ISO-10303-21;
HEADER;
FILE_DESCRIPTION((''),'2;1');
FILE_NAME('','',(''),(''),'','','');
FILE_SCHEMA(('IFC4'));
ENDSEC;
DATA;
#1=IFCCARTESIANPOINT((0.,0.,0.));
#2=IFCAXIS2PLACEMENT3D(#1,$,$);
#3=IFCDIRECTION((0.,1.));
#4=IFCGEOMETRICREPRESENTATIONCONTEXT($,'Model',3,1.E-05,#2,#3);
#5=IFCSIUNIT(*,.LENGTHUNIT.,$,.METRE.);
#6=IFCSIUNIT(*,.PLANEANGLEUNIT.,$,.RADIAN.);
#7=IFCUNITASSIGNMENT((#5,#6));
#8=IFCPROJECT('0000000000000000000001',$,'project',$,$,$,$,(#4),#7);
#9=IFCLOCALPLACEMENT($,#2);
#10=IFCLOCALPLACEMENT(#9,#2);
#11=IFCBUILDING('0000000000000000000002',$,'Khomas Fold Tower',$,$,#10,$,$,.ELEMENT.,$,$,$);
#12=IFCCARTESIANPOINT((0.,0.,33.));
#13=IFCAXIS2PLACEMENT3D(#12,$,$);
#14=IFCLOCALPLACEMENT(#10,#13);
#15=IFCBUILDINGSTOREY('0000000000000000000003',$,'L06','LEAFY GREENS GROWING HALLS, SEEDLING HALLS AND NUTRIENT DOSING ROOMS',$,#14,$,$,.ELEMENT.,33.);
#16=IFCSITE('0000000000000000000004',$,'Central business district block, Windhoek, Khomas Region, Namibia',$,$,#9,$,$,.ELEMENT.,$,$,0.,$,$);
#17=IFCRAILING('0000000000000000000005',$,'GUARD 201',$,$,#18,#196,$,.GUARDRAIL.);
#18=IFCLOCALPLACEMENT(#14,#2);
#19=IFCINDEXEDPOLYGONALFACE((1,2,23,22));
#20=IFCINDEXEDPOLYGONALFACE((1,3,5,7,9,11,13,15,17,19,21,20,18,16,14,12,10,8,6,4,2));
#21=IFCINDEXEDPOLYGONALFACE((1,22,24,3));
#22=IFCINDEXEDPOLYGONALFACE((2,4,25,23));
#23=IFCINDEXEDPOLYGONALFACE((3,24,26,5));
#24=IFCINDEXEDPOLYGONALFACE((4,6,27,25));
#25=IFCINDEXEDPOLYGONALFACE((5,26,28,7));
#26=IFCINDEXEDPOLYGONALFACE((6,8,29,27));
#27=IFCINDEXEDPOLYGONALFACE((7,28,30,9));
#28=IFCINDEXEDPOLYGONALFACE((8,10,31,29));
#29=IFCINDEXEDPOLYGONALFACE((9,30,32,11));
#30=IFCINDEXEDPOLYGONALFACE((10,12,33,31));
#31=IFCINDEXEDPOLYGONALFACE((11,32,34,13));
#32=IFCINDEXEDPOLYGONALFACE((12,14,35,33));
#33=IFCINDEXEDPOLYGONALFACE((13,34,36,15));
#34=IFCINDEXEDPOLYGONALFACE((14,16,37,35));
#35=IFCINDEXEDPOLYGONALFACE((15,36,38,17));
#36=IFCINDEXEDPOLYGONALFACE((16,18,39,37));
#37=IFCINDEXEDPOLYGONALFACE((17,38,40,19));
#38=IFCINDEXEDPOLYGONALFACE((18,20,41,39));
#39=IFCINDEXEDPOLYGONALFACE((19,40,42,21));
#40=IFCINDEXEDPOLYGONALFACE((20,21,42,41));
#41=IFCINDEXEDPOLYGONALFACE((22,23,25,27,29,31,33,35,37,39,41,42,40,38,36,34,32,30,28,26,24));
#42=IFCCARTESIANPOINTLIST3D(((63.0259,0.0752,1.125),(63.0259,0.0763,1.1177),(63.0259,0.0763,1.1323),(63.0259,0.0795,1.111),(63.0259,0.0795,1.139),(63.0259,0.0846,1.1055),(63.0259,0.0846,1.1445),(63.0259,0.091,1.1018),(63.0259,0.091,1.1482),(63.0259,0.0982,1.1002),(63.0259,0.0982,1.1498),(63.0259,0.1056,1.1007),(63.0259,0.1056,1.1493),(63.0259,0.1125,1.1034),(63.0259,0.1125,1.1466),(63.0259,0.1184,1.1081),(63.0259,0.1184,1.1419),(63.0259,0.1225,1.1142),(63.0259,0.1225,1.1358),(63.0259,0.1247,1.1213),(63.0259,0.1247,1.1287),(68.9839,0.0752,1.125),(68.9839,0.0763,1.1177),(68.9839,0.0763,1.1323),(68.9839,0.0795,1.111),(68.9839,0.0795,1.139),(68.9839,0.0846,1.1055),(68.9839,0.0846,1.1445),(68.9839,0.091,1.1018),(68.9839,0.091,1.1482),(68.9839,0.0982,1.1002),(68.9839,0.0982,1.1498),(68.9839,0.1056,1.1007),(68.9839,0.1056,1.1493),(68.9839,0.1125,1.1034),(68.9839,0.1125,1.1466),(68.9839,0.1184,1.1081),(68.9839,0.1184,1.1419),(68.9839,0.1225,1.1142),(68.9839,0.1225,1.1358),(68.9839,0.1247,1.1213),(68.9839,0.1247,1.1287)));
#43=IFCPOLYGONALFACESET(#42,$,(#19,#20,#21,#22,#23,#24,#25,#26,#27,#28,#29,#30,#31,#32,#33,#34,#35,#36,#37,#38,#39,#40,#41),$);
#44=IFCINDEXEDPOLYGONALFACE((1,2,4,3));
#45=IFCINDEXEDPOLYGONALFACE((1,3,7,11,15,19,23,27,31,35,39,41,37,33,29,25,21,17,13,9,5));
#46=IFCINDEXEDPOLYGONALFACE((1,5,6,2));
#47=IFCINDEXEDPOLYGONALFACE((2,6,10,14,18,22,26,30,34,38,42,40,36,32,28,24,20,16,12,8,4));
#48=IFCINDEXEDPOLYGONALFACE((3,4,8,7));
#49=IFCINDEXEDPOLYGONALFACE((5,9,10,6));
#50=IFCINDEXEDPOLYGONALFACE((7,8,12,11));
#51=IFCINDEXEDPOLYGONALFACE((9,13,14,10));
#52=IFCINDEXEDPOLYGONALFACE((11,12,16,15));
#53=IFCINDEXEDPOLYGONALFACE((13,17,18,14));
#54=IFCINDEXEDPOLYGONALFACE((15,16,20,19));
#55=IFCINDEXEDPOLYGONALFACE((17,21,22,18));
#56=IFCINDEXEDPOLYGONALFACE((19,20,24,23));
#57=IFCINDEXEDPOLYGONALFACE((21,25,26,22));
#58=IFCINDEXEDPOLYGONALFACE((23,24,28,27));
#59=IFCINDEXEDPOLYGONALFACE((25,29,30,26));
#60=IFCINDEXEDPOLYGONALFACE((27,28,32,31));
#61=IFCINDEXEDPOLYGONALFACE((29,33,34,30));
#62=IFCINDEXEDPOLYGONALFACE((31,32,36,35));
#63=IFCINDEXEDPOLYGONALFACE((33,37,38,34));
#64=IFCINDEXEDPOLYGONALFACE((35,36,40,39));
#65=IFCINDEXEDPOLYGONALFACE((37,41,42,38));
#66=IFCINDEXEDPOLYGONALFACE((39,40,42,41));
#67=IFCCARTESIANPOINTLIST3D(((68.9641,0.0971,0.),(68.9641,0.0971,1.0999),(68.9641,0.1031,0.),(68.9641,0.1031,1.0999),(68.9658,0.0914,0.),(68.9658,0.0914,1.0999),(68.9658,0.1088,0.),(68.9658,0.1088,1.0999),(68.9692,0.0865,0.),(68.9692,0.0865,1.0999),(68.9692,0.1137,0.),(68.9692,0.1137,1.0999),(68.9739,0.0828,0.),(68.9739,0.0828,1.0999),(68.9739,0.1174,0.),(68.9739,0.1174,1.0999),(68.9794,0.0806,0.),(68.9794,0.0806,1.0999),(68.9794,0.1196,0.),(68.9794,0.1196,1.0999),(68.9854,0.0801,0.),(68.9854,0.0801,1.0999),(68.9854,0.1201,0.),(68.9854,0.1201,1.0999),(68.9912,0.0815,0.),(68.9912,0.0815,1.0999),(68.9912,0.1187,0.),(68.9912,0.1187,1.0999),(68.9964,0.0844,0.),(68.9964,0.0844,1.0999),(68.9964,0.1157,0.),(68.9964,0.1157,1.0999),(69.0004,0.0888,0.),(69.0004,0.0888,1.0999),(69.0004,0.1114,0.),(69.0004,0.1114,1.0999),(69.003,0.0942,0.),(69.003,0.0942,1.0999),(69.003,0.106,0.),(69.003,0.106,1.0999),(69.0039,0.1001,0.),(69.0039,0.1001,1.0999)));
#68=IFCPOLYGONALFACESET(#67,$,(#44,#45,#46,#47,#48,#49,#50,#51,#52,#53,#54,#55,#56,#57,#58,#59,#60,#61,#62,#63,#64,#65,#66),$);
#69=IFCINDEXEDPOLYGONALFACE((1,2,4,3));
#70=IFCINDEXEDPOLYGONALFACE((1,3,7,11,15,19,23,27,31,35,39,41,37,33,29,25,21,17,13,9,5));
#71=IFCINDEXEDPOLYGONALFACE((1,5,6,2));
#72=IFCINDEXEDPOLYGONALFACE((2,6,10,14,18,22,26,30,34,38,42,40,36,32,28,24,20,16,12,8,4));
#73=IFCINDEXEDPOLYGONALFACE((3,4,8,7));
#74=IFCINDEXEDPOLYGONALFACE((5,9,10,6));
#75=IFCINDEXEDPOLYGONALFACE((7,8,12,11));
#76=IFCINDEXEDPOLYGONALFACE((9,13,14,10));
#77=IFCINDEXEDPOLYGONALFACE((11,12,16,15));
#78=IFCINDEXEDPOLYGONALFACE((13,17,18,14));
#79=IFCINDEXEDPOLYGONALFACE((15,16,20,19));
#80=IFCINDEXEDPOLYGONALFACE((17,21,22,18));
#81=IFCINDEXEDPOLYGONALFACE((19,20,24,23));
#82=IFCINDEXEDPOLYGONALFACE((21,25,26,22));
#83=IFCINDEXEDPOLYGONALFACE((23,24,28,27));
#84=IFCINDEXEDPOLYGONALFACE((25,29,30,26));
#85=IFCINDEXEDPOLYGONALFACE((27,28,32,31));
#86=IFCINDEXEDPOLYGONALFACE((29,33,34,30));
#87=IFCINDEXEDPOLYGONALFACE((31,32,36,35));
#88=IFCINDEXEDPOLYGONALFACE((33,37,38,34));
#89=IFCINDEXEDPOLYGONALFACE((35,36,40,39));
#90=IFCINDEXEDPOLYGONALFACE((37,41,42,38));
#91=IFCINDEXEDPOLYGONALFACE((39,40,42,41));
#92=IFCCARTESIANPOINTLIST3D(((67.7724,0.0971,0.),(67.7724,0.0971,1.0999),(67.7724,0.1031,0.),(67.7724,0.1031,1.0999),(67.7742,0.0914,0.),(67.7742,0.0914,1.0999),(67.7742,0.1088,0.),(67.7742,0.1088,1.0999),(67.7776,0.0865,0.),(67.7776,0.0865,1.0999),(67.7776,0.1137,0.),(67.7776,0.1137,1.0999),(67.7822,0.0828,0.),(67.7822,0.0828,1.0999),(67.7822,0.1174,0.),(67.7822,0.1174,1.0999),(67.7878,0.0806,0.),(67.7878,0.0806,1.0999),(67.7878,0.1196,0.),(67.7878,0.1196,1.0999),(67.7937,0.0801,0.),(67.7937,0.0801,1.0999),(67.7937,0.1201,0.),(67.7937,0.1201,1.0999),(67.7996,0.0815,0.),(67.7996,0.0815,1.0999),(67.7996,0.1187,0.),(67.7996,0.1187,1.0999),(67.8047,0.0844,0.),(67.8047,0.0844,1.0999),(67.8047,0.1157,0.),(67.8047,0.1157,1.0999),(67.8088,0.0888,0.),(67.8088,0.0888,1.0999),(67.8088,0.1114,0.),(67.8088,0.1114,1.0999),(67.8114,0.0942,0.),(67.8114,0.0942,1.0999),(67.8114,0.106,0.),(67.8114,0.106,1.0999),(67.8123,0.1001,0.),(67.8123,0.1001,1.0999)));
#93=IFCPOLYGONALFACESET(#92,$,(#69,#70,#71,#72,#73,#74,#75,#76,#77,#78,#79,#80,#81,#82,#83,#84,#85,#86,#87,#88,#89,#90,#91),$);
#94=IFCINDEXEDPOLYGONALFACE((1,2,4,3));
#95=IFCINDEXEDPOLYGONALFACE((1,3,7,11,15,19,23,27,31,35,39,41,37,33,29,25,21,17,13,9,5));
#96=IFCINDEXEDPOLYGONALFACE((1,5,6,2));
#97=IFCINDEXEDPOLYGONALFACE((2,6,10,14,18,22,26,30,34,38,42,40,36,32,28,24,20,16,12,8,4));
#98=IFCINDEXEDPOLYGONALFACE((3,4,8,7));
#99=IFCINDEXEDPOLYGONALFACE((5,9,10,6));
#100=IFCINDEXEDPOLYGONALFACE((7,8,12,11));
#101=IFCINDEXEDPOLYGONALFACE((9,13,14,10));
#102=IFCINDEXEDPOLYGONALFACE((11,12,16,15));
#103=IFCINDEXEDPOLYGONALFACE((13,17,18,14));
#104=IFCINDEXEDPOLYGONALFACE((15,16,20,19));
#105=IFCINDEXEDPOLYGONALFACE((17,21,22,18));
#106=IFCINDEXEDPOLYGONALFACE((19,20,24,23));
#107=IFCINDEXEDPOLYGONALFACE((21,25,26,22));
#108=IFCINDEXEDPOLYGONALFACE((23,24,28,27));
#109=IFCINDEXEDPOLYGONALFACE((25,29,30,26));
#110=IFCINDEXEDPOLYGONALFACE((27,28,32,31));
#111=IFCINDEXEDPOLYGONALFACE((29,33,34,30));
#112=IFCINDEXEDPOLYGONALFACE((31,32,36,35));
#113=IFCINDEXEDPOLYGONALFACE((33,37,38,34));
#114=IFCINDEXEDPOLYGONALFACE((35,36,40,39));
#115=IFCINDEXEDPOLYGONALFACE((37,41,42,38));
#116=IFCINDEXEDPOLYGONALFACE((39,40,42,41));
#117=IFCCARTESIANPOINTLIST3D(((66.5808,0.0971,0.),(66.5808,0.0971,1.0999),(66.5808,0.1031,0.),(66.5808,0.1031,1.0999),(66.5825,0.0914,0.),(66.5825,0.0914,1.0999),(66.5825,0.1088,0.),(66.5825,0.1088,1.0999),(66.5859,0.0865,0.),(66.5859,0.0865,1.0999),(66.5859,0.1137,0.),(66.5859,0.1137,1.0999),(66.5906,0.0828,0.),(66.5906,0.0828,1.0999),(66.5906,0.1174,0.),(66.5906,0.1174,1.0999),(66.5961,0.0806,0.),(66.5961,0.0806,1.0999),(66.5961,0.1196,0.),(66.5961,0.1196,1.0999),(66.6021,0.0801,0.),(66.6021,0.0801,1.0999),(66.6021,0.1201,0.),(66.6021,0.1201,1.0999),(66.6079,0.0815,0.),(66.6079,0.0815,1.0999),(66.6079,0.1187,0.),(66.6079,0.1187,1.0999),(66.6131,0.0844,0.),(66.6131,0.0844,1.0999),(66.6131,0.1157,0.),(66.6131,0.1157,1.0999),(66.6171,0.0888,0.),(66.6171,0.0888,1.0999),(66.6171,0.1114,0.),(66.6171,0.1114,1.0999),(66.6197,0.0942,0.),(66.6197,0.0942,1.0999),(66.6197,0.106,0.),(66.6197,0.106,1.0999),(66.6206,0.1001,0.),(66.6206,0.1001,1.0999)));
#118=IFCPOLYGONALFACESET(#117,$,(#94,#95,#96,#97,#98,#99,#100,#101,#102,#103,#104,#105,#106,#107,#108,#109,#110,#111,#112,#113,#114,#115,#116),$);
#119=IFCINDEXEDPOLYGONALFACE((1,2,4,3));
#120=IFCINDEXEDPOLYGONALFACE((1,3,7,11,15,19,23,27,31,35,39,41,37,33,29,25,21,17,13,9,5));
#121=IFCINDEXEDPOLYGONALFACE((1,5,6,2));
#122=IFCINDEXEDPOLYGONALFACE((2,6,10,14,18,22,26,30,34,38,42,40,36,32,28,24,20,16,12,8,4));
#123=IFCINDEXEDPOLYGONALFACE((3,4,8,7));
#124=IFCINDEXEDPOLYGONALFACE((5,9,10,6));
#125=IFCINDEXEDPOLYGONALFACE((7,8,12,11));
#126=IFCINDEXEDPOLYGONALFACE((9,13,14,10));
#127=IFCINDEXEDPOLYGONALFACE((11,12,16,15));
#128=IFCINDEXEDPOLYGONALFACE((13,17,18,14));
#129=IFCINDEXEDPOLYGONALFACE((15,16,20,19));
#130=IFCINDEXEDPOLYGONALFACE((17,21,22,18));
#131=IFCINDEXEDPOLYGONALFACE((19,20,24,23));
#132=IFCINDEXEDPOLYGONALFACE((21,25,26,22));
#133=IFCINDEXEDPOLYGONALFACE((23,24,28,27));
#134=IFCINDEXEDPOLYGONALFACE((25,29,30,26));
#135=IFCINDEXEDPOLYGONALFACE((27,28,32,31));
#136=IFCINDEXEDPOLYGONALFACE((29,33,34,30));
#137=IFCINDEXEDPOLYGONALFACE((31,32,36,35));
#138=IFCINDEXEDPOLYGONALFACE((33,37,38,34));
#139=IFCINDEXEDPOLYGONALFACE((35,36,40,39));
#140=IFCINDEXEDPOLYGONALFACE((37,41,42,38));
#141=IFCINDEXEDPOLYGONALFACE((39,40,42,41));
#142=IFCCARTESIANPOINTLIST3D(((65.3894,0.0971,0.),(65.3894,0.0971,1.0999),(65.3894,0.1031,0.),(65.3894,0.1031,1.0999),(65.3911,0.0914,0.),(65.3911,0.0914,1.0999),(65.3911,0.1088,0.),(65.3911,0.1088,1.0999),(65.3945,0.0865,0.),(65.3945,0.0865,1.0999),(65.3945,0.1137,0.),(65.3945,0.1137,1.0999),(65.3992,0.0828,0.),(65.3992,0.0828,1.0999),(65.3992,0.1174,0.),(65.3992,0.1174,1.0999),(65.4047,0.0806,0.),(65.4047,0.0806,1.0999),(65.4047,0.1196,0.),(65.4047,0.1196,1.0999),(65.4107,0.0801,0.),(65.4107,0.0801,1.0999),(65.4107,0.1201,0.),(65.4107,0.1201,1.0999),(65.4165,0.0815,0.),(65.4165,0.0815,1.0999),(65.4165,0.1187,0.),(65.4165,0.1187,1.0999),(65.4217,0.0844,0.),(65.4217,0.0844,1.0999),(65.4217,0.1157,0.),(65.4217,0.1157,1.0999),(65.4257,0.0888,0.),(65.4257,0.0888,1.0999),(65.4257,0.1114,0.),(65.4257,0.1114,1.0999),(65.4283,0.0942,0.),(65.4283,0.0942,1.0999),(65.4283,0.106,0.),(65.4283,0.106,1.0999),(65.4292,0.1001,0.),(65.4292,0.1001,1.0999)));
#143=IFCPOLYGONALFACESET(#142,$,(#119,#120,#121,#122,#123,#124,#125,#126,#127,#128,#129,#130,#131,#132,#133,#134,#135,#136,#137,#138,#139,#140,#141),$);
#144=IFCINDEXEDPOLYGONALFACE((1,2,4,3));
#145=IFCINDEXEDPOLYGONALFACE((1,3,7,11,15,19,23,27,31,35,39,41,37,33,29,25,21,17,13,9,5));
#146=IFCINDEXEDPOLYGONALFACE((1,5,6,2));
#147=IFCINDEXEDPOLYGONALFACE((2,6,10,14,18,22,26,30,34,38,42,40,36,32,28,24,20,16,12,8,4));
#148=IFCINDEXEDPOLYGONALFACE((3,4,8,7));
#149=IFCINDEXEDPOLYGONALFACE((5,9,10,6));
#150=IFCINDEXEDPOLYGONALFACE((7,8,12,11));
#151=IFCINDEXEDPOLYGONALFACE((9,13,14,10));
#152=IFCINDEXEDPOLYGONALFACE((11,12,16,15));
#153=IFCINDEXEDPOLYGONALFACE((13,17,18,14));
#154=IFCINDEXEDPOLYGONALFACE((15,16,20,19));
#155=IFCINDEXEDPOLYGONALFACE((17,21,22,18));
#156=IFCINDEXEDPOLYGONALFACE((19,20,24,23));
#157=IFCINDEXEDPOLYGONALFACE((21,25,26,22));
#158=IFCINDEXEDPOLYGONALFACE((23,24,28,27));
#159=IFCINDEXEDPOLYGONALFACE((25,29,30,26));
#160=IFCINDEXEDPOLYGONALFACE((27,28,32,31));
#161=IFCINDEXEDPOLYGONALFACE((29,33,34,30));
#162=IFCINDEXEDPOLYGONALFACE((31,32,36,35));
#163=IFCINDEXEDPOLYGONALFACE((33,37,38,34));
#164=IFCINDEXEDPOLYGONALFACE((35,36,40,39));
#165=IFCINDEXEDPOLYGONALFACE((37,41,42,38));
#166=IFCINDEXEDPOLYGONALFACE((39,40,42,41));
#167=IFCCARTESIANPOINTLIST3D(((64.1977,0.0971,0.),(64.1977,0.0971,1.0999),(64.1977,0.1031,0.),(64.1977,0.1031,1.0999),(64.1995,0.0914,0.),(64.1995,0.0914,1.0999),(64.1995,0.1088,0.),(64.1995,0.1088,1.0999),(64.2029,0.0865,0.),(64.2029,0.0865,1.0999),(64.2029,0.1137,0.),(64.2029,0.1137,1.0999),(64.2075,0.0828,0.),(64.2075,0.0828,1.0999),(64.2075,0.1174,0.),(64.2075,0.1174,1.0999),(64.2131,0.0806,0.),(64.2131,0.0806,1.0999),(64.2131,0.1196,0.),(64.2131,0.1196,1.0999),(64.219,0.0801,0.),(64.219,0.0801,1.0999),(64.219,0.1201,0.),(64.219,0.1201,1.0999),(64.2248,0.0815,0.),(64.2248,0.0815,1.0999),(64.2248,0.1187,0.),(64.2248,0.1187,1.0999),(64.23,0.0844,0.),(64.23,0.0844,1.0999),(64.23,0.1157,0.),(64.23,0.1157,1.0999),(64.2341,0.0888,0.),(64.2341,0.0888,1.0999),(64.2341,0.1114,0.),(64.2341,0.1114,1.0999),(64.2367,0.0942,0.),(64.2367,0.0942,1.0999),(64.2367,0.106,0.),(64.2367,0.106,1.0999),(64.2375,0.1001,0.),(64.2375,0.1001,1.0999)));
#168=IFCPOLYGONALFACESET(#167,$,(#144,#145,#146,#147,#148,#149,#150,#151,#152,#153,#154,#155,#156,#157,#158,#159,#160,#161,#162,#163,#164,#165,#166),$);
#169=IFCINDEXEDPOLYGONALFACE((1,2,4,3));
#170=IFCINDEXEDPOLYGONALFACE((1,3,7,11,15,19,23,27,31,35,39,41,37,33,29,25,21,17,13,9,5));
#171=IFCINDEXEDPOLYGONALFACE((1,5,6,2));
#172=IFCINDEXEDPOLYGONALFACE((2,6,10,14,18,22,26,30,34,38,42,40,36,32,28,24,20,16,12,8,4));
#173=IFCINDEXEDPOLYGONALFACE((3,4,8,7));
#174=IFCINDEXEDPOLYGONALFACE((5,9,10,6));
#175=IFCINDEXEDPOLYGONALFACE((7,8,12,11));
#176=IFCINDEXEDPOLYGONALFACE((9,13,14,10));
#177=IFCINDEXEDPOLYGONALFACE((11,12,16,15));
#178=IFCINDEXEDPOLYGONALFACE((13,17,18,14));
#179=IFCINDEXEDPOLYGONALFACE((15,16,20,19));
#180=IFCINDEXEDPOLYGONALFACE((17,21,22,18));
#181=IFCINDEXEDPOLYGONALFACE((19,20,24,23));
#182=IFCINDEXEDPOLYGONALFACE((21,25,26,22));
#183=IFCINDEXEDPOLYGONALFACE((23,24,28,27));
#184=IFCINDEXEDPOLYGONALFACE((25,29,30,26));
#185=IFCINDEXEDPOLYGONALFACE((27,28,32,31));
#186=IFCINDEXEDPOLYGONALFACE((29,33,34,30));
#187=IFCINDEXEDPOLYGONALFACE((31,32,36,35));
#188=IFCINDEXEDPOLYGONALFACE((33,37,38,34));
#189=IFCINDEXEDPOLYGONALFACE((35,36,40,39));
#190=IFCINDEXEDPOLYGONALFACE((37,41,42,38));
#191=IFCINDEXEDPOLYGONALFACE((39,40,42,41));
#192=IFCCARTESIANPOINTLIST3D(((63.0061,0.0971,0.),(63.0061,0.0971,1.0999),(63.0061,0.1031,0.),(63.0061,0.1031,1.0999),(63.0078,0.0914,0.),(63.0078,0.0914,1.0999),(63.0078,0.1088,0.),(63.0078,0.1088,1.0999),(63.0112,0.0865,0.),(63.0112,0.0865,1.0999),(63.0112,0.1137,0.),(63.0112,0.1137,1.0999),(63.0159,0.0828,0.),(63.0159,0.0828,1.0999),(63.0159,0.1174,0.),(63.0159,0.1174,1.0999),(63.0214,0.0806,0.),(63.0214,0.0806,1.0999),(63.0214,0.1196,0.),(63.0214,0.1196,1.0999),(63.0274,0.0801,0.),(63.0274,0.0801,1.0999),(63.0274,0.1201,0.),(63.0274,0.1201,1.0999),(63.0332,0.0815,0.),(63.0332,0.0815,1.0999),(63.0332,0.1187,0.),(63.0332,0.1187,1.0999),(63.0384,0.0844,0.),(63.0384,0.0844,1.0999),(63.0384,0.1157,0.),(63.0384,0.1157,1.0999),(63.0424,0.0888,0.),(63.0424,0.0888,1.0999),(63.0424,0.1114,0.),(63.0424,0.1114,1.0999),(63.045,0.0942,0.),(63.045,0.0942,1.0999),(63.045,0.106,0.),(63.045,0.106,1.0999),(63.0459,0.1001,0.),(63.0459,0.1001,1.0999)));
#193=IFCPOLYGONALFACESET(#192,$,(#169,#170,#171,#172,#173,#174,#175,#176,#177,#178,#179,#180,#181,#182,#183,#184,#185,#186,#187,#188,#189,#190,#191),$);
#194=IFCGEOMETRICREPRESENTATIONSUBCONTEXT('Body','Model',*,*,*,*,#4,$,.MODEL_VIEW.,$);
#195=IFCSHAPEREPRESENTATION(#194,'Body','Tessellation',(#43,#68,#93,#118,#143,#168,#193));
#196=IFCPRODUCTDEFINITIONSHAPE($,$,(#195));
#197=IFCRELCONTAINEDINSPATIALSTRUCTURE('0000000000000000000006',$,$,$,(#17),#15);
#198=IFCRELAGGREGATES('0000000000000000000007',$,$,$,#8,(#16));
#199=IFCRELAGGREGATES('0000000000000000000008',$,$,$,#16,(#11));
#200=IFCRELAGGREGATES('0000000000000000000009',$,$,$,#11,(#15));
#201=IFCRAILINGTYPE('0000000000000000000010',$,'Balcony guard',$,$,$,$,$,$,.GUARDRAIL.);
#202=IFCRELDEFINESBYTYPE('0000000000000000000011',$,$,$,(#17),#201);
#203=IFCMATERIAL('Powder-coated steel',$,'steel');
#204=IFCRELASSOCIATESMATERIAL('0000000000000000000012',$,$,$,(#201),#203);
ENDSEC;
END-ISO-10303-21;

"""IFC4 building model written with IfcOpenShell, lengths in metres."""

from ifc_helpers import new_model, si_unit, direction, frame, origin, origin_2d, place, context, subcontext, project, spatial, circle, extrude, source, transform, mapped, material, type_object, element, save


model = new_model("IFC4")

# Units and contexts
model_context = context("Model", 3, precision=1e-05, world=origin(), true_north=direction((0.0, 1.0)))
body_context = subcontext(model_context, "Body", "Model", "MODEL_VIEW")
ifc_project = project(units=[si_unit("LENGTHUNIT", "METRE"), si_unit("PLANEANGLEUNIT", "RADIAN")], contexts=[model_context])

# Site, building, storey
site_placement = place(None, origin())
site = spatial("IfcSite", under=ifc_project, at=site_placement, Name="Central business district block, Windhoek, Khomas Region, Namibia", CompositionType="ELEMENT", RefElevation=0.0)
building_placement = place(site_placement, origin())
building = spatial("IfcBuilding", under=site, at=building_placement, Name="Khomas Fold Tower", CompositionType="ELEMENT")
storey_placement = place(building_placement, frame((0.0, 0.0, 33.0)))
storey = spatial("IfcBuildingStorey", under=building, at=storey_placement, Name="L06", Description="LEAFY GREENS GROWING HALLS, SEEDLING HALLS AND NUTRIENT DOSING ROOMS", CompositionType="ELEMENT", Elevation=33.0)

# Railing
ifc_material_1 = material(Name="Powder-coated steel", Category="steel")
railing_type = type_object("IfcRailingType", Name="Balcony guard", PredefinedType="GUARDRAIL", material=ifc_material_1)
shared_shape_1 = source(origin(), body_context, "Body", "SweptSolid", [
    extrude(circle(Radius=0.0249, at=origin_2d()), frame((0.0, 0.0, 1.125), z_axis=(-1.0, 0.0, 0.0), x_axis=(0.0, -1.0, 0.0)), (0.0, 0.0, 1.0), 5.958),
    extrude(circle(Radius=0.02, at=origin_2d()), origin(), (0.0, 0.0, 1.0), 1.0999),
    extrude(circle(Radius=0.02, at=origin_2d()), frame((-1.1917, 0.0, 0.0)), (0.0, 0.0, 1.0), 1.0999),
    extrude(circle(Radius=0.02, at=origin_2d()), frame((-2.3833, 0.0, 0.0)), (0.0, 0.0, 1.0), 1.0999),
    extrude(circle(Radius=0.02, at=origin_2d()), frame((-3.5747, 0.0, 0.0)), (0.0, 0.0, 1.0), 1.0999),
    extrude(circle(Radius=0.02, at=origin_2d()), frame((-4.7664, 0.0, 0.0)), (0.0, 0.0, 1.0), 1.0999),
    extrude(circle(Radius=0.02, at=origin_2d()), frame((-5.958, 0.0, 0.0)), (0.0, 0.0, 1.0), 1.0999),
])
for number, where, name in (
    (1, (68.9839, 0.1001, 0.0), "GUARD 201"),
):
    element("IfcRailing", number, at=place(storey_placement, frame(where)), inside=storey, type_object=railing_type, Name=name, PredefinedType="GUARDRAIL", context=body_context, shape_type="MappedRepresentation", body=[
        mapped(shared_shape_1, transform((0.0, 0.0, 0.0))),
    ])

save(model, "model.ifc")
